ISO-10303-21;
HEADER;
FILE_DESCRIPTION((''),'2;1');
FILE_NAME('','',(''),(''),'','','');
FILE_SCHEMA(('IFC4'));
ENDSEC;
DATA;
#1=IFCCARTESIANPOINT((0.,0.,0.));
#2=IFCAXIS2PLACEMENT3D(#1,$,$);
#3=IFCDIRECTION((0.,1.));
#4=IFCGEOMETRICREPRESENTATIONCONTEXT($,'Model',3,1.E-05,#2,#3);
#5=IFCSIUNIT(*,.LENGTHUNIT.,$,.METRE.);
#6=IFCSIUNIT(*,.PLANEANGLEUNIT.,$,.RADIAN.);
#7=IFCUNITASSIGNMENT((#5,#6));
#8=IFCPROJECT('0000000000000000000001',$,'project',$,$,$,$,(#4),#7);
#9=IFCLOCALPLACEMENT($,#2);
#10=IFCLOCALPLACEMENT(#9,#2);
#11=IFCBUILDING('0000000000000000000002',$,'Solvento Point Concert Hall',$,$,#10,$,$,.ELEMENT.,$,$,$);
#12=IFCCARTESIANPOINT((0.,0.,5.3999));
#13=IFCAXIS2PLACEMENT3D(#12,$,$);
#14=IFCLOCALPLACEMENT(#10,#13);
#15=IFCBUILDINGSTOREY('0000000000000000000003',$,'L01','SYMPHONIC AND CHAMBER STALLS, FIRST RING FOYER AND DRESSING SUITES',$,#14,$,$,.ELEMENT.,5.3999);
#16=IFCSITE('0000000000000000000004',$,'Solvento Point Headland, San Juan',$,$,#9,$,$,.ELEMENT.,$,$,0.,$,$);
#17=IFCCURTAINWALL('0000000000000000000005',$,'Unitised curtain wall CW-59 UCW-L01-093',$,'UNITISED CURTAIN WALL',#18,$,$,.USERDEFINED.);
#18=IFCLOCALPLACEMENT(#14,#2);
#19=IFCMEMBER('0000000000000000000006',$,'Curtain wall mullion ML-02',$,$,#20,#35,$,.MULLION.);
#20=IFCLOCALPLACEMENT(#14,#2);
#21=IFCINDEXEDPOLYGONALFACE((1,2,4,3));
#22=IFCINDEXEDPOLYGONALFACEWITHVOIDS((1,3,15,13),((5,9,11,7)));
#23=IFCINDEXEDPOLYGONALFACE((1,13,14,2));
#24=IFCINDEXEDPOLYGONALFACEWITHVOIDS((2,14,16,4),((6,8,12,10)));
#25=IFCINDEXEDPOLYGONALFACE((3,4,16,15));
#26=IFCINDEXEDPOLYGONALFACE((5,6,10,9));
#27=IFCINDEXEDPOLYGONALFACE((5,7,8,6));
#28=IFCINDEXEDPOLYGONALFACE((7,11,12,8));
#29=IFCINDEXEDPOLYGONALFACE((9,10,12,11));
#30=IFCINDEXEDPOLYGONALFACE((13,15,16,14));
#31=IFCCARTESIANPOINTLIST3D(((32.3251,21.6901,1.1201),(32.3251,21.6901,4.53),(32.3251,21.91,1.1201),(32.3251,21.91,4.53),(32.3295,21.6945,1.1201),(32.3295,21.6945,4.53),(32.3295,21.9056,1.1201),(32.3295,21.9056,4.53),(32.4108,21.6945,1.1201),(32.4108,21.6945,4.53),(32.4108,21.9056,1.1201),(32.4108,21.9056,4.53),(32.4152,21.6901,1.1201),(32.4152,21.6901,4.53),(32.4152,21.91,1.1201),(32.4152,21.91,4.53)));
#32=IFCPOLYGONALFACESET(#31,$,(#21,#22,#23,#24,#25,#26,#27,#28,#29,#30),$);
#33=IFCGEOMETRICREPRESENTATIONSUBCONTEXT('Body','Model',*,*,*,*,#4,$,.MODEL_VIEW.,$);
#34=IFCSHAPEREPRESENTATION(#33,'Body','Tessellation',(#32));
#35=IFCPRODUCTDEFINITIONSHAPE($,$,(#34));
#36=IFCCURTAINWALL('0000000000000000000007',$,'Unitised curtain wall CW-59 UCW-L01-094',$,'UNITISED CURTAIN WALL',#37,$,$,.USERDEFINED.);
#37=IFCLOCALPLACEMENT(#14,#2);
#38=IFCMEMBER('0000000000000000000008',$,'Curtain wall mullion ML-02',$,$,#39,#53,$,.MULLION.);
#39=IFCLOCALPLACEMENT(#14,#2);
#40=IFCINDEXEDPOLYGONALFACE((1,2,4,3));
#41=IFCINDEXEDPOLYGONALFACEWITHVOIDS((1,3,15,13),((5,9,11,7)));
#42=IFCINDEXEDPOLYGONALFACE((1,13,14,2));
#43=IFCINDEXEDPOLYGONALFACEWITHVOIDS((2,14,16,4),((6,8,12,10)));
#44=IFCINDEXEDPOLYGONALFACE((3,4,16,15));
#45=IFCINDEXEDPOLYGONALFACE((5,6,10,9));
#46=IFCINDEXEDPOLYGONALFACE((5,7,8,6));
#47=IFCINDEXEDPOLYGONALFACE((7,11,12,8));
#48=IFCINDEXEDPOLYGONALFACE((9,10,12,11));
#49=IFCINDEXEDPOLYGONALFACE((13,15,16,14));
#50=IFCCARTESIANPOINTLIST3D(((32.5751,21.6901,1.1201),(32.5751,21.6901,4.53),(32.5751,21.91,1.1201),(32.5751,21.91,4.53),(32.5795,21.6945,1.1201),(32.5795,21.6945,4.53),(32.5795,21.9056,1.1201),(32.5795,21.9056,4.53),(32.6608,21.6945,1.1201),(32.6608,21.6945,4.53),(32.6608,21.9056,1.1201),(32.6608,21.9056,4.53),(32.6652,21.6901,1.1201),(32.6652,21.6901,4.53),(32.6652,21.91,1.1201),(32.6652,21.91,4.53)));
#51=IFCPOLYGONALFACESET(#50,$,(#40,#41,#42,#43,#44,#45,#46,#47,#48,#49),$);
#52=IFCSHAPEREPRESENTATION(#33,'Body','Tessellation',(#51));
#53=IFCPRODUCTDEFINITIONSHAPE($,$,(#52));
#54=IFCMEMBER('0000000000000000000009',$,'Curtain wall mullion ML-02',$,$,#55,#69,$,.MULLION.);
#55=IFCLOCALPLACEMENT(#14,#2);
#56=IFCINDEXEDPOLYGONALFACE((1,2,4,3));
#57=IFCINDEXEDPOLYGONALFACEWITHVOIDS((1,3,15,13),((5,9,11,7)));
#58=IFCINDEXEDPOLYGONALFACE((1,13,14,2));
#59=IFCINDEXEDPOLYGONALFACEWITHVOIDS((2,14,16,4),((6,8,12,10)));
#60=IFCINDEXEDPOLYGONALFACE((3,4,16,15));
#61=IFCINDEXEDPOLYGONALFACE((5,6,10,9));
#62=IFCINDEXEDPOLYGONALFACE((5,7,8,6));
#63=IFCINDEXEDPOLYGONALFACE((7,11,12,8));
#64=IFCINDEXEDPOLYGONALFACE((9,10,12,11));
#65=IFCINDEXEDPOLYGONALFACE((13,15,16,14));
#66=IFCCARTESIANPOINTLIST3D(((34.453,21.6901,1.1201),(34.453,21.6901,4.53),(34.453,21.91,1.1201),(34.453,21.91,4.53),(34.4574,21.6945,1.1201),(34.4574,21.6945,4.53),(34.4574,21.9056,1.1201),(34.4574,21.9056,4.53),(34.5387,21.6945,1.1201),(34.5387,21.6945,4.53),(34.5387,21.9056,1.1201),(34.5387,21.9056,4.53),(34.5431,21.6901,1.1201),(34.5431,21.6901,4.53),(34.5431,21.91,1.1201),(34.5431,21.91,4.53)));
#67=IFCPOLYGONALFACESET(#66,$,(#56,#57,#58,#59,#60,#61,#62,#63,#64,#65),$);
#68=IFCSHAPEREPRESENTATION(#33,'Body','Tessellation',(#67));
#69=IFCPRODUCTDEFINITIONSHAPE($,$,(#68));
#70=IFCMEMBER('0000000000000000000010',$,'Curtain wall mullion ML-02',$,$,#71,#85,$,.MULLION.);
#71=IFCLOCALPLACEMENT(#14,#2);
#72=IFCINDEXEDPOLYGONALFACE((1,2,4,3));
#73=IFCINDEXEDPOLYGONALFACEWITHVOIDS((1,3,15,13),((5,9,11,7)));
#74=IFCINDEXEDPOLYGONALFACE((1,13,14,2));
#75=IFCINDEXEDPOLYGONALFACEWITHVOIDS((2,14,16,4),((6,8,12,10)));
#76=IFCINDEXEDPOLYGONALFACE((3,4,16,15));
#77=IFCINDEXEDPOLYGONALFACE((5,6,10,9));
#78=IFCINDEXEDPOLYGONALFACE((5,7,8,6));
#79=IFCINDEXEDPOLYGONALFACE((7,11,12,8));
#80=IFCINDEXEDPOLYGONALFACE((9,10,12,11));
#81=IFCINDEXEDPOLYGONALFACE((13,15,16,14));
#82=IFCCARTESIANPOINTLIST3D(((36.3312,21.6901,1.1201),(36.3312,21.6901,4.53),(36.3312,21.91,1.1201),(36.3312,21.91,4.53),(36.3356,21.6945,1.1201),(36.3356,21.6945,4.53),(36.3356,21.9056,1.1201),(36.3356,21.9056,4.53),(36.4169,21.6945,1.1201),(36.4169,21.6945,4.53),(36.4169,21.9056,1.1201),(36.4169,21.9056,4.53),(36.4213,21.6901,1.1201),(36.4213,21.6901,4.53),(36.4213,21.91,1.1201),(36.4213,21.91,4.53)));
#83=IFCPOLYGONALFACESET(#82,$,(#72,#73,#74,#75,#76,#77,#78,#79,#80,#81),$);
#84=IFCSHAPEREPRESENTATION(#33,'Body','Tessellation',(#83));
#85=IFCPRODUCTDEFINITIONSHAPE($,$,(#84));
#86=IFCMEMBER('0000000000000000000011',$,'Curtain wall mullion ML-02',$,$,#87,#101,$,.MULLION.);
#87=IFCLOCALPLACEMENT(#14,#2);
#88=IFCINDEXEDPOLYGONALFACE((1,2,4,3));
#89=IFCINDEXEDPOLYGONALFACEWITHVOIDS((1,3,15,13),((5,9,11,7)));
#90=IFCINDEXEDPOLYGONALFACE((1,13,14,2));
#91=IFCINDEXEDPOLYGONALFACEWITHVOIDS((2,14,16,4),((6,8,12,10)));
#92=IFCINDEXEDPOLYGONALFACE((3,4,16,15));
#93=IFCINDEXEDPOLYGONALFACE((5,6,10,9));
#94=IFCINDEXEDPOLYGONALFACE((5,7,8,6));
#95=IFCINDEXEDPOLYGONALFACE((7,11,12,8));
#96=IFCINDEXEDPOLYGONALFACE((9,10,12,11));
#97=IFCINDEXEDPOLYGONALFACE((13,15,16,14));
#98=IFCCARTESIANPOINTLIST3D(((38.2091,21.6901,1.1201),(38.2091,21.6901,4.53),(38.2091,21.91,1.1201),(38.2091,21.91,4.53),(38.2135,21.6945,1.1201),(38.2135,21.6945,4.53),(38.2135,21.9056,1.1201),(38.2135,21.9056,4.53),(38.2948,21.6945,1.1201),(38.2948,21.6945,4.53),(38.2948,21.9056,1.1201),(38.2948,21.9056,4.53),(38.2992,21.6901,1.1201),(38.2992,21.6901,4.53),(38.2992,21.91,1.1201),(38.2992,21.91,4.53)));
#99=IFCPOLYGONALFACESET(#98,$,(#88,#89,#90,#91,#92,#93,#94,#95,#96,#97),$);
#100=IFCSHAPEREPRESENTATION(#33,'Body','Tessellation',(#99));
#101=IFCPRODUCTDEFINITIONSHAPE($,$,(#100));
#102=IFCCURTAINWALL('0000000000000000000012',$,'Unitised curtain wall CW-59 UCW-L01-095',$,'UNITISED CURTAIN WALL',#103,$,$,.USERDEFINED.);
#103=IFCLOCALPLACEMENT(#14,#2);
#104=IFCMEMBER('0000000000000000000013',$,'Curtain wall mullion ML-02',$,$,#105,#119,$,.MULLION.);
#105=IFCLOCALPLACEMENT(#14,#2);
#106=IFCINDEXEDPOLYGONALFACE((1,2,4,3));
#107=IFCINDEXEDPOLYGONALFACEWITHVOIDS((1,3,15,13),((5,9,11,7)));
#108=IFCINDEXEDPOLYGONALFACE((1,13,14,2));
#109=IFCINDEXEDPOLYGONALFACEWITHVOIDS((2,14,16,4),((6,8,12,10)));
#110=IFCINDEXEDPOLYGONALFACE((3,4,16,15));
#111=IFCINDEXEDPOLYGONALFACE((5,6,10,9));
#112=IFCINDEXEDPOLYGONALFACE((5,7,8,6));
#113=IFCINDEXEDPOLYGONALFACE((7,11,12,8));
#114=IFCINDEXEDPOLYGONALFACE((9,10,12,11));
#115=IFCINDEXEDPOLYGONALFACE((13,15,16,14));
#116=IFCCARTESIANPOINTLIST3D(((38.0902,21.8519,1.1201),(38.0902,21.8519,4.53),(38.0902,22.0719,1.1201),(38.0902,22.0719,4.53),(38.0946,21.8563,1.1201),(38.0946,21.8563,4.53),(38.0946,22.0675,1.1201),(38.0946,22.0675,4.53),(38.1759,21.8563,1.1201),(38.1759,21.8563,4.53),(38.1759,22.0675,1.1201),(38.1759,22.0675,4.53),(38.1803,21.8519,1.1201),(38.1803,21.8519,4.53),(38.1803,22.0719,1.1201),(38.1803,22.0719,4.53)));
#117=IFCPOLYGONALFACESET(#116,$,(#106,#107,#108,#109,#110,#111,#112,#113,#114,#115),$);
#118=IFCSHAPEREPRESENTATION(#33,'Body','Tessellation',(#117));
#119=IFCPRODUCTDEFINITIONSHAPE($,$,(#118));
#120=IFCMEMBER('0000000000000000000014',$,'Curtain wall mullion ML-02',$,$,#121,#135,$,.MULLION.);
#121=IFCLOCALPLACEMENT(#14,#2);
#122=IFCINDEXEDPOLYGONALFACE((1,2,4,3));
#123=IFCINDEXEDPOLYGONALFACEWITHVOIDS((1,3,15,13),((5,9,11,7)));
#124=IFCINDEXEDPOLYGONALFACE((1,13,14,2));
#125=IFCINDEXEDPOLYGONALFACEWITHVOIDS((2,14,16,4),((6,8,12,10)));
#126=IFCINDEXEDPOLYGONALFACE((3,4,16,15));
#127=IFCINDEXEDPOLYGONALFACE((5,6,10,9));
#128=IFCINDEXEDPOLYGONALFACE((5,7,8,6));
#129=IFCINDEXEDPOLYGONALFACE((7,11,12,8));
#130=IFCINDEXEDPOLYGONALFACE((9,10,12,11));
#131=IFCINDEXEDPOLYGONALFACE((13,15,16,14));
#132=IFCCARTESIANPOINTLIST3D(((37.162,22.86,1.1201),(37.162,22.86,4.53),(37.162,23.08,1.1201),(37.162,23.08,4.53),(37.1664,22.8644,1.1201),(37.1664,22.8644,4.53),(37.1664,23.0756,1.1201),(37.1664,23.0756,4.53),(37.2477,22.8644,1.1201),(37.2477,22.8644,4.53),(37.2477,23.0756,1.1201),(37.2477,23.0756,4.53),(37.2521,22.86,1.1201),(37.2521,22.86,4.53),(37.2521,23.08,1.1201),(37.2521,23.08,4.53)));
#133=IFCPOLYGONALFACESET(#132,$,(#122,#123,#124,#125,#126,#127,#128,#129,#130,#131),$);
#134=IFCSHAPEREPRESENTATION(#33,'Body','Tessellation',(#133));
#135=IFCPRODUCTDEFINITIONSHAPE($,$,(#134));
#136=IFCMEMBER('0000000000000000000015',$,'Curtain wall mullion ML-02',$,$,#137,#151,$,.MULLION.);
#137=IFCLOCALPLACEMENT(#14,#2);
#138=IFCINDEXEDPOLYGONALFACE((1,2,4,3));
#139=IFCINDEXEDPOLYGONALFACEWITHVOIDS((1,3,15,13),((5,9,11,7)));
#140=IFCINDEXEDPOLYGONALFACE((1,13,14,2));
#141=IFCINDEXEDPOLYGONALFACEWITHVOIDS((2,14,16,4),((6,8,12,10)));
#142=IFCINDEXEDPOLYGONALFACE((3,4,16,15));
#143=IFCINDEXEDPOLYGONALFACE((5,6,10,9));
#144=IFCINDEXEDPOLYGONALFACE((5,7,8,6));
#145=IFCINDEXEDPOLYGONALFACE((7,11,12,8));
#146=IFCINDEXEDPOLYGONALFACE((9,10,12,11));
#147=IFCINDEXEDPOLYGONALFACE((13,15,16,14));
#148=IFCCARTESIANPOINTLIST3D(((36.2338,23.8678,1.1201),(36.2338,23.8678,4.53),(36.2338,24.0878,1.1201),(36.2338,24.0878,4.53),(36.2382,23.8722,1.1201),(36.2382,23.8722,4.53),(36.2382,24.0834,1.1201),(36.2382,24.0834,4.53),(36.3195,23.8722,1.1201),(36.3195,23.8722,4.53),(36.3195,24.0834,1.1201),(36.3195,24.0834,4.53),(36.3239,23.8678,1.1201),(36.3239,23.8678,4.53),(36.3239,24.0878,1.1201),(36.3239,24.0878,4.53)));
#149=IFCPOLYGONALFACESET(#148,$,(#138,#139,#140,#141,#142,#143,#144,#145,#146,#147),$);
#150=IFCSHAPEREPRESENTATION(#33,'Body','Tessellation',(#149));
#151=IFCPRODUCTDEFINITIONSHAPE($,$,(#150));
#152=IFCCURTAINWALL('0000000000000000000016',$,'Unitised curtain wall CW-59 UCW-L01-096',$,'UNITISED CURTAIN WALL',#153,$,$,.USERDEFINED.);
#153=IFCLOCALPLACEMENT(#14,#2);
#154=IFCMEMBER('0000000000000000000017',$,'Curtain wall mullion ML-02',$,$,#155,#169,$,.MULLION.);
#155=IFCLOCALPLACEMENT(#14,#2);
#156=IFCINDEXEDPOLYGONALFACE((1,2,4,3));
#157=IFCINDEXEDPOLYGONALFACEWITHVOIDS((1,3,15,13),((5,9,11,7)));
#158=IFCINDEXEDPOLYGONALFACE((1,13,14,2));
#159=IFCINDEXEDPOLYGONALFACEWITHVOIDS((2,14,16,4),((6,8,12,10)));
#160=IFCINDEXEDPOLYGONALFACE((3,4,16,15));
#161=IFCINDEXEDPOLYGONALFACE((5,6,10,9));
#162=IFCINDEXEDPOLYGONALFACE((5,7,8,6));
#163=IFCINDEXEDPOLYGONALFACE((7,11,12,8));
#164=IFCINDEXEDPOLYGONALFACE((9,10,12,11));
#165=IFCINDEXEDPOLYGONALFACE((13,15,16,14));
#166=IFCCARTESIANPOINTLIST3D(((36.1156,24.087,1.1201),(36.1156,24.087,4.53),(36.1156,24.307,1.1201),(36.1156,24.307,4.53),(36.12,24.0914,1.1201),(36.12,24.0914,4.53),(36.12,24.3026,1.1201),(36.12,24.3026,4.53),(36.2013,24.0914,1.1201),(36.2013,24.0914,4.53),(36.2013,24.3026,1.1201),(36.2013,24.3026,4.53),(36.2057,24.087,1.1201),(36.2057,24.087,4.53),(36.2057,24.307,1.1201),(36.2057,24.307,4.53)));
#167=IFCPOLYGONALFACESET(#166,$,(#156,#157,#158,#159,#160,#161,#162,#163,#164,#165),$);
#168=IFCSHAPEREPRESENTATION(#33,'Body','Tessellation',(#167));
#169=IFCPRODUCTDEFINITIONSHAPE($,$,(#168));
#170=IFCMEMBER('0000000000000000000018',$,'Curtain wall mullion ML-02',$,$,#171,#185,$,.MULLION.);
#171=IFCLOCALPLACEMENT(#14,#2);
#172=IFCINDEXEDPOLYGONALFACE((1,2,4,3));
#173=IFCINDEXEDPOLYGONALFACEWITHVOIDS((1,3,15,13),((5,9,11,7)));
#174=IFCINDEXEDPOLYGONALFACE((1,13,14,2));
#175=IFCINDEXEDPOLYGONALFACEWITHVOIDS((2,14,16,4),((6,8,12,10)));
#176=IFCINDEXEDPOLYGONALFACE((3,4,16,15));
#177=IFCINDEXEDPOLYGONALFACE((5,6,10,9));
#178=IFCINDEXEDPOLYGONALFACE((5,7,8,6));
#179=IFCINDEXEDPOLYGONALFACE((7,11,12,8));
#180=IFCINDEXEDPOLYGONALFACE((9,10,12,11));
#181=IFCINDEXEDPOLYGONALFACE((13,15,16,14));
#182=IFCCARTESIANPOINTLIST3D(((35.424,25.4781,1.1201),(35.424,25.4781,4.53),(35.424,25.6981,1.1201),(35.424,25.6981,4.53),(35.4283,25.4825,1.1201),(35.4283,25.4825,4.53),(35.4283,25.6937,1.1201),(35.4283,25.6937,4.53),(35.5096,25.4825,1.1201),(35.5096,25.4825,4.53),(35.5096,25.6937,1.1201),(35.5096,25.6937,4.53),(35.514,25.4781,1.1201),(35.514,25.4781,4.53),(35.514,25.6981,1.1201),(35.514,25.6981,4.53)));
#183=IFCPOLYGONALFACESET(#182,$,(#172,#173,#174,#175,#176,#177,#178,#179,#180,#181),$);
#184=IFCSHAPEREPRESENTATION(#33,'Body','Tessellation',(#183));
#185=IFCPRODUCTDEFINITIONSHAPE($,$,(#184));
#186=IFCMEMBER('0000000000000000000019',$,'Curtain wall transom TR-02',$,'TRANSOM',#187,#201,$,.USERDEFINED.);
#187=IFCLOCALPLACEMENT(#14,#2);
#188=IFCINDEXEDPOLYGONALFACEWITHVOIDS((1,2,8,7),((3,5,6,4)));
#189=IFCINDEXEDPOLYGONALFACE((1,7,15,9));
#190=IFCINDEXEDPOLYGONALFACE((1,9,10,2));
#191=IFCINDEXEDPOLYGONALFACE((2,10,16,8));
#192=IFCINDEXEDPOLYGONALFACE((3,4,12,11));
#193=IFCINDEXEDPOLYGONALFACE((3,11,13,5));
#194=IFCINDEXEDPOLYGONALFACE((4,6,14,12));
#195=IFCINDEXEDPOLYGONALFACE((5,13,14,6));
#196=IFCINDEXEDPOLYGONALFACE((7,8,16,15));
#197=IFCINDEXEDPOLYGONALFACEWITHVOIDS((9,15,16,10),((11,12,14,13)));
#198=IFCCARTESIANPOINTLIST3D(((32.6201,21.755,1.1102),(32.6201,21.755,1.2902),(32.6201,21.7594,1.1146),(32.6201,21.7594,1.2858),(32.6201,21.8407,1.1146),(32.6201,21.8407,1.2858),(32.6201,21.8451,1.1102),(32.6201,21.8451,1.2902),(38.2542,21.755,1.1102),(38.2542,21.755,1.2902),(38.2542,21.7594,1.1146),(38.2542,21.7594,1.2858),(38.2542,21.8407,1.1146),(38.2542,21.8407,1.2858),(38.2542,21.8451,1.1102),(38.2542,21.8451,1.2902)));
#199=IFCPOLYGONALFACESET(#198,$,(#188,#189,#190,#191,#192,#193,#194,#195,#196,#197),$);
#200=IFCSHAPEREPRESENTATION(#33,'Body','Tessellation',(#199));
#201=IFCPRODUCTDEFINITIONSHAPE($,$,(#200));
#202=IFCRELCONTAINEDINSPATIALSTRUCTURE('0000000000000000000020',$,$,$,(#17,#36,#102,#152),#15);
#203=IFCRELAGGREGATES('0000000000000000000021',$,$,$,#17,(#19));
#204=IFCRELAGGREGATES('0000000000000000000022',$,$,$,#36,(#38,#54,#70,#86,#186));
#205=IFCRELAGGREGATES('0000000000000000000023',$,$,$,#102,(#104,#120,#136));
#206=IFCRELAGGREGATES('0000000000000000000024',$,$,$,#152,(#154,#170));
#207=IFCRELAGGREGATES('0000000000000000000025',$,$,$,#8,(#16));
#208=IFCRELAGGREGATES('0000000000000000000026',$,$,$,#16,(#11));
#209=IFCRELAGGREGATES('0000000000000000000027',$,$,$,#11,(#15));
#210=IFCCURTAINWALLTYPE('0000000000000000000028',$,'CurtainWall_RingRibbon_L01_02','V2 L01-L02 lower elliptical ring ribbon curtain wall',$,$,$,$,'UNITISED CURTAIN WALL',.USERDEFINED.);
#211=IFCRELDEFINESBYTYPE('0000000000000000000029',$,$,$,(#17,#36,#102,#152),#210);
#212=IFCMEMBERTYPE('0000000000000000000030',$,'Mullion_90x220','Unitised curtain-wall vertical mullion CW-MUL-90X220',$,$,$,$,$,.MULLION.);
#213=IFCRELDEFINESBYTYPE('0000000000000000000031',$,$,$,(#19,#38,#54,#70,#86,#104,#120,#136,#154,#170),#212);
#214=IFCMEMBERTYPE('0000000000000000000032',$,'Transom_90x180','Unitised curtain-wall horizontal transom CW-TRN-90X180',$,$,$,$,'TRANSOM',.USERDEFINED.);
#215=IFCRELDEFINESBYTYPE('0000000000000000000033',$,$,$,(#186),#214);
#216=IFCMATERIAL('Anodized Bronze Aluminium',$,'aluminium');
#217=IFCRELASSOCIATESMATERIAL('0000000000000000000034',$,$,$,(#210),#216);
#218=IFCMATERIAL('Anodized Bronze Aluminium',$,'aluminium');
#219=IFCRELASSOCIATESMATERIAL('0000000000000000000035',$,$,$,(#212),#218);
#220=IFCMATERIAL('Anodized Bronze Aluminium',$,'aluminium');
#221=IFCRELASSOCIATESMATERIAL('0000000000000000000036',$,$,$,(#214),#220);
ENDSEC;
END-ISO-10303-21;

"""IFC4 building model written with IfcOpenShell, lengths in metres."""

from ifc_helpers import new_model, si_unit, direction, frame, origin, origin_2d, place, context, subcontext, project, spatial, hollow_rectangle, extrude, material, material_profile, profile_set, type_object, element, aggregate, save


model = new_model("IFC4")

# Units and contexts
model_context = context("Model", 3, precision=1e-05, world=origin(), true_north=direction((0.0, 1.0)))
body_context = subcontext(model_context, "Body", "Model", "MODEL_VIEW")
ifc_project = project(units=[si_unit("LENGTHUNIT", "METRE"), si_unit("PLANEANGLEUNIT", "RADIAN")], contexts=[model_context])

# Site, building, storey
site_placement = place(None, origin())
site = spatial("IfcSite", under=ifc_project, at=site_placement, Name="Solvento Point Headland, San Juan", CompositionType="ELEMENT", RefElevation=0.0)
building_placement = place(site_placement, origin())
building = spatial("IfcBuilding", under=site, at=building_placement, Name="Solvento Point Concert Hall", CompositionType="ELEMENT")
storey_placement = place(building_placement, frame((0.0, 0.0, 5.3999)))
storey = spatial("IfcBuildingStorey", under=building, at=storey_placement, Name="L01", Description="SYMPHONIC AND CHAMBER STALLS, FIRST RING FOYER AND DRESSING SUITES", CompositionType="ELEMENT", Elevation=5.3999)

# Curtain wall, member
ifc_material_1 = material(Name="Anodized Bronze Aluminium", Category="aluminium")
curtain_wall_type = type_object("IfcCurtainWallType", Name="CurtainWall_RingRibbon_L01_02", Description="V2 L01-L02 lower elliptical ring ribbon curtain wall", ElementType="UNITISED CURTAIN WALL", PredefinedType="USERDEFINED", material=ifc_material_1)
curtain_wall_1_placement = place(storey_placement, origin())
curtain_wall_1 = element("IfcCurtainWall", 1, at=curtain_wall_1_placement, inside=storey, type_object=curtain_wall_type, Name="Unitised curtain wall CW-59 UCW-L01-093", ObjectType="UNITISED CURTAIN WALL", PredefinedType="USERDEFINED")
ifc_material_2 = material(Name="Anodized Bronze Aluminium", Category="aluminium")
ifc_material_profile_1 = material_profile(ifc_material_2, hollow_rectangle(XDim=0.0901, YDim=0.22, WallThickness=0.0044, at=origin_2d()), Name="CW-MUL-90X220")
ifc_profile_set_1 = profile_set([ifc_material_profile_1], Name="Anodized Bronze Aluminium")
member_type_1 = type_object("IfcMemberType", Name="Mullion_90x220", Description="Unitised curtain-wall vertical mullion CW-MUL-90X220", PredefinedType="MULLION", material=ifc_profile_set_1)
member_1_placement = place(storey_placement, frame((32.3701, 21.8, 1.1201), z_axis=(0.0, 0.0, 1.0), x_axis=(1.0, 0.0, 0.0)))
member_1 = element("IfcMember", 2, at=member_1_placement, type_object=member_type_1, Name="Curtain wall mullion ML-02", PredefinedType="MULLION", context=body_context, shape_type="SweptSolid", body=[
    extrude(hollow_rectangle(XDim=0.0901, YDim=0.22, WallThickness=0.0044, at=origin_2d()), origin(), (0.0, 0.0, 1.0), 3.4099),
])
aggregate(curtain_wall_1, [member_1])

# Curtain walls, members
curtain_wall_2_placement = place(storey_placement, origin())
curtain_wall_2 = element("IfcCurtainWall", 3, at=curtain_wall_2_placement, inside=storey, type_object=curtain_wall_type, Name="Unitised curtain wall CW-59 UCW-L01-094", ObjectType="UNITISED CURTAIN WALL", PredefinedType="USERDEFINED")
member_2_placement = place(storey_placement, frame((32.6201, 21.8, 1.1201), z_axis=(0.0, 0.0, 1.0), x_axis=(1.0, 0.0, 0.0)))
member_2 = element("IfcMember", 4, at=member_2_placement, type_object=member_type_1, Name="Curtain wall mullion ML-02", PredefinedType="MULLION", context=body_context, shape_type="SweptSolid", body=[
    extrude(hollow_rectangle(XDim=0.0901, YDim=0.22, WallThickness=0.0044, at=origin_2d()), origin(), (0.0, 0.0, 1.0), 3.4099),
])
member_3_placement = place(storey_placement, frame((34.498, 21.8, 1.1201), z_axis=(0.0, 0.0, 1.0), x_axis=(1.0, 0.0, 0.0)))
member_3 = element("IfcMember", 5, at=member_3_placement, type_object=member_type_1, Name="Curtain wall mullion ML-02", PredefinedType="MULLION", context=body_context, shape_type="SweptSolid", body=[
    extrude(hollow_rectangle(XDim=0.0901, YDim=0.22, WallThickness=0.0044, at=origin_2d()), origin(), (0.0, 0.0, 1.0), 3.4099),
])
member_4_placement = place(storey_placement, frame((36.3762, 21.8, 1.1201), z_axis=(0.0, 0.0, 1.0), x_axis=(1.0, 0.0, 0.0)))
member_4 = element("IfcMember", 6, at=member_4_placement, type_object=member_type_1, Name="Curtain wall mullion ML-02", PredefinedType="MULLION", context=body_context, shape_type="SweptSolid", body=[
    extrude(hollow_rectangle(XDim=0.0901, YDim=0.22, WallThickness=0.0044, at=origin_2d()), origin(), (0.0, 0.0, 1.0), 3.4099),
])
member_5_placement = place(storey_placement, frame((38.2542, 21.8, 1.1201), z_axis=(0.0, 0.0, 1.0), x_axis=(1.0, 0.0, 0.0)))
member_5 = element("IfcMember", 7, at=member_5_placement, type_object=member_type_1, Name="Curtain wall mullion ML-02", PredefinedType="MULLION", context=body_context, shape_type="SweptSolid", body=[
    extrude(hollow_rectangle(XDim=0.0901, YDim=0.22, WallThickness=0.0044, at=origin_2d()), origin(), (0.0, 0.0, 1.0), 3.4099),
])
curtain_wall_3_placement = place(storey_placement, origin())
curtain_wall_3 = element("IfcCurtainWall", 8, at=curtain_wall_3_placement, inside=storey, type_object=curtain_wall_type, Name="Unitised curtain wall CW-59 UCW-L01-095", ObjectType="UNITISED CURTAIN WALL", PredefinedType="USERDEFINED")
member_6_placement = place(storey_placement, frame((38.1353, 21.9619, 1.1201), z_axis=(0.0, 0.0, 1.0), x_axis=(1.0, 0.0, 0.0)))
member_6 = element("IfcMember", 9, at=member_6_placement, type_object=member_type_1, Name="Curtain wall mullion ML-02", PredefinedType="MULLION", context=body_context, shape_type="SweptSolid", body=[
    extrude(hollow_rectangle(XDim=0.0901, YDim=0.22, WallThickness=0.0044, at=origin_2d()), origin(), (0.0, 0.0, 1.0), 3.4099),
])
member_7_placement = place(storey_placement, frame((37.207, 22.97, 1.1201), z_axis=(0.0, 0.0, 1.0), x_axis=(1.0, 0.0, 0.0)))
member_7 = element("IfcMember", 10, at=member_7_placement, type_object=member_type_1, Name="Curtain wall mullion ML-02", PredefinedType="MULLION", context=body_context, shape_type="SweptSolid", body=[
    extrude(hollow_rectangle(XDim=0.0901, YDim=0.22, WallThickness=0.0044, at=origin_2d()), origin(), (0.0, 0.0, 1.0), 3.4099),
])
member_8_placement = place(storey_placement, frame((36.2788, 23.9778, 1.1201), z_axis=(0.0, 0.0, 1.0), x_axis=(1.0, 0.0, 0.0)))
member_8 = element("IfcMember", 11, at=member_8_placement, type_object=member_type_1, Name="Curtain wall mullion ML-02", PredefinedType="MULLION", context=body_context, shape_type="SweptSolid", body=[
    extrude(hollow_rectangle(XDim=0.0901, YDim=0.22, WallThickness=0.0044, at=origin_2d()), origin(), (0.0, 0.0, 1.0), 3.4099),
])
curtain_wall_4_placement = place(storey_placement, origin())
curtain_wall_4 = element("IfcCurtainWall", 12, at=curtain_wall_4_placement, inside=storey, type_object=curtain_wall_type, Name="Unitised curtain wall CW-59 UCW-L01-096", ObjectType="UNITISED CURTAIN WALL", PredefinedType="USERDEFINED")
member_9_placement = place(storey_placement, frame((36.1606, 24.197, 1.1201), z_axis=(0.0, 0.0, 1.0), x_axis=(1.0, 0.0, 0.0)))
member_9 = element("IfcMember", 13, at=member_9_placement, type_object=member_type_1, Name="Curtain wall mullion ML-02", PredefinedType="MULLION", context=body_context, shape_type="SweptSolid", body=[
    extrude(hollow_rectangle(XDim=0.0901, YDim=0.22, WallThickness=0.0044, at=origin_2d()), origin(), (0.0, 0.0, 1.0), 3.4099),
])
member_10_placement = place(storey_placement, frame((35.469, 25.5881, 1.1201), z_axis=(0.0, 0.0, 1.0), x_axis=(1.0, 0.0, 0.0)))
member_10 = element("IfcMember", 14, at=member_10_placement, type_object=member_type_1, Name="Curtain wall mullion ML-02", PredefinedType="MULLION", context=body_context, shape_type="SweptSolid", body=[
    extrude(hollow_rectangle(XDim=0.0901, YDim=0.22, WallThickness=0.0044, at=origin_2d()), origin(), (0.0, 0.0, 1.0), 3.4099),
])

# Member
ifc_material_3 = material(Name="Anodized Bronze Aluminium", Category="aluminium")
ifc_material_profile_2 = material_profile(ifc_material_3, hollow_rectangle(XDim=0.0901, YDim=0.1799, WallThickness=0.0044, at=origin_2d()), Name="CW-TRN-90X180")
ifc_profile_set_2 = profile_set([ifc_material_profile_2], Name="Anodized Bronze Aluminium")
member_type_2 = type_object("IfcMemberType", Name="Transom_90x180", Description="Unitised curtain-wall horizontal transom CW-TRN-90X180", ElementType="TRANSOM", PredefinedType="USERDEFINED", material=ifc_profile_set_2)
member_11_placement = place(storey_placement, frame((32.6201, 21.8, 1.2002), z_axis=(1.0, 0.0, 0.0), x_axis=(0.0, 1.0, 0.0)))
member_11 = element("IfcMember", 15, at=member_11_placement, type_object=member_type_2, Name="Curtain wall transom TR-02", ObjectType="TRANSOM", PredefinedType="USERDEFINED", context=body_context, shape_type="SweptSolid", body=[
    extrude(hollow_rectangle(XDim=0.0901, YDim=0.1799, WallThickness=0.0044, at=origin_2d()), origin(), (0.0, 0.0, 1.0), 5.634),
])

aggregate(curtain_wall_2, [member_2, member_3, member_4, member_5, member_11])
aggregate(curtain_wall_3, [member_6, member_7, member_8])
aggregate(curtain_wall_4, [member_9, member_10])

save(model, "model.ifc")
